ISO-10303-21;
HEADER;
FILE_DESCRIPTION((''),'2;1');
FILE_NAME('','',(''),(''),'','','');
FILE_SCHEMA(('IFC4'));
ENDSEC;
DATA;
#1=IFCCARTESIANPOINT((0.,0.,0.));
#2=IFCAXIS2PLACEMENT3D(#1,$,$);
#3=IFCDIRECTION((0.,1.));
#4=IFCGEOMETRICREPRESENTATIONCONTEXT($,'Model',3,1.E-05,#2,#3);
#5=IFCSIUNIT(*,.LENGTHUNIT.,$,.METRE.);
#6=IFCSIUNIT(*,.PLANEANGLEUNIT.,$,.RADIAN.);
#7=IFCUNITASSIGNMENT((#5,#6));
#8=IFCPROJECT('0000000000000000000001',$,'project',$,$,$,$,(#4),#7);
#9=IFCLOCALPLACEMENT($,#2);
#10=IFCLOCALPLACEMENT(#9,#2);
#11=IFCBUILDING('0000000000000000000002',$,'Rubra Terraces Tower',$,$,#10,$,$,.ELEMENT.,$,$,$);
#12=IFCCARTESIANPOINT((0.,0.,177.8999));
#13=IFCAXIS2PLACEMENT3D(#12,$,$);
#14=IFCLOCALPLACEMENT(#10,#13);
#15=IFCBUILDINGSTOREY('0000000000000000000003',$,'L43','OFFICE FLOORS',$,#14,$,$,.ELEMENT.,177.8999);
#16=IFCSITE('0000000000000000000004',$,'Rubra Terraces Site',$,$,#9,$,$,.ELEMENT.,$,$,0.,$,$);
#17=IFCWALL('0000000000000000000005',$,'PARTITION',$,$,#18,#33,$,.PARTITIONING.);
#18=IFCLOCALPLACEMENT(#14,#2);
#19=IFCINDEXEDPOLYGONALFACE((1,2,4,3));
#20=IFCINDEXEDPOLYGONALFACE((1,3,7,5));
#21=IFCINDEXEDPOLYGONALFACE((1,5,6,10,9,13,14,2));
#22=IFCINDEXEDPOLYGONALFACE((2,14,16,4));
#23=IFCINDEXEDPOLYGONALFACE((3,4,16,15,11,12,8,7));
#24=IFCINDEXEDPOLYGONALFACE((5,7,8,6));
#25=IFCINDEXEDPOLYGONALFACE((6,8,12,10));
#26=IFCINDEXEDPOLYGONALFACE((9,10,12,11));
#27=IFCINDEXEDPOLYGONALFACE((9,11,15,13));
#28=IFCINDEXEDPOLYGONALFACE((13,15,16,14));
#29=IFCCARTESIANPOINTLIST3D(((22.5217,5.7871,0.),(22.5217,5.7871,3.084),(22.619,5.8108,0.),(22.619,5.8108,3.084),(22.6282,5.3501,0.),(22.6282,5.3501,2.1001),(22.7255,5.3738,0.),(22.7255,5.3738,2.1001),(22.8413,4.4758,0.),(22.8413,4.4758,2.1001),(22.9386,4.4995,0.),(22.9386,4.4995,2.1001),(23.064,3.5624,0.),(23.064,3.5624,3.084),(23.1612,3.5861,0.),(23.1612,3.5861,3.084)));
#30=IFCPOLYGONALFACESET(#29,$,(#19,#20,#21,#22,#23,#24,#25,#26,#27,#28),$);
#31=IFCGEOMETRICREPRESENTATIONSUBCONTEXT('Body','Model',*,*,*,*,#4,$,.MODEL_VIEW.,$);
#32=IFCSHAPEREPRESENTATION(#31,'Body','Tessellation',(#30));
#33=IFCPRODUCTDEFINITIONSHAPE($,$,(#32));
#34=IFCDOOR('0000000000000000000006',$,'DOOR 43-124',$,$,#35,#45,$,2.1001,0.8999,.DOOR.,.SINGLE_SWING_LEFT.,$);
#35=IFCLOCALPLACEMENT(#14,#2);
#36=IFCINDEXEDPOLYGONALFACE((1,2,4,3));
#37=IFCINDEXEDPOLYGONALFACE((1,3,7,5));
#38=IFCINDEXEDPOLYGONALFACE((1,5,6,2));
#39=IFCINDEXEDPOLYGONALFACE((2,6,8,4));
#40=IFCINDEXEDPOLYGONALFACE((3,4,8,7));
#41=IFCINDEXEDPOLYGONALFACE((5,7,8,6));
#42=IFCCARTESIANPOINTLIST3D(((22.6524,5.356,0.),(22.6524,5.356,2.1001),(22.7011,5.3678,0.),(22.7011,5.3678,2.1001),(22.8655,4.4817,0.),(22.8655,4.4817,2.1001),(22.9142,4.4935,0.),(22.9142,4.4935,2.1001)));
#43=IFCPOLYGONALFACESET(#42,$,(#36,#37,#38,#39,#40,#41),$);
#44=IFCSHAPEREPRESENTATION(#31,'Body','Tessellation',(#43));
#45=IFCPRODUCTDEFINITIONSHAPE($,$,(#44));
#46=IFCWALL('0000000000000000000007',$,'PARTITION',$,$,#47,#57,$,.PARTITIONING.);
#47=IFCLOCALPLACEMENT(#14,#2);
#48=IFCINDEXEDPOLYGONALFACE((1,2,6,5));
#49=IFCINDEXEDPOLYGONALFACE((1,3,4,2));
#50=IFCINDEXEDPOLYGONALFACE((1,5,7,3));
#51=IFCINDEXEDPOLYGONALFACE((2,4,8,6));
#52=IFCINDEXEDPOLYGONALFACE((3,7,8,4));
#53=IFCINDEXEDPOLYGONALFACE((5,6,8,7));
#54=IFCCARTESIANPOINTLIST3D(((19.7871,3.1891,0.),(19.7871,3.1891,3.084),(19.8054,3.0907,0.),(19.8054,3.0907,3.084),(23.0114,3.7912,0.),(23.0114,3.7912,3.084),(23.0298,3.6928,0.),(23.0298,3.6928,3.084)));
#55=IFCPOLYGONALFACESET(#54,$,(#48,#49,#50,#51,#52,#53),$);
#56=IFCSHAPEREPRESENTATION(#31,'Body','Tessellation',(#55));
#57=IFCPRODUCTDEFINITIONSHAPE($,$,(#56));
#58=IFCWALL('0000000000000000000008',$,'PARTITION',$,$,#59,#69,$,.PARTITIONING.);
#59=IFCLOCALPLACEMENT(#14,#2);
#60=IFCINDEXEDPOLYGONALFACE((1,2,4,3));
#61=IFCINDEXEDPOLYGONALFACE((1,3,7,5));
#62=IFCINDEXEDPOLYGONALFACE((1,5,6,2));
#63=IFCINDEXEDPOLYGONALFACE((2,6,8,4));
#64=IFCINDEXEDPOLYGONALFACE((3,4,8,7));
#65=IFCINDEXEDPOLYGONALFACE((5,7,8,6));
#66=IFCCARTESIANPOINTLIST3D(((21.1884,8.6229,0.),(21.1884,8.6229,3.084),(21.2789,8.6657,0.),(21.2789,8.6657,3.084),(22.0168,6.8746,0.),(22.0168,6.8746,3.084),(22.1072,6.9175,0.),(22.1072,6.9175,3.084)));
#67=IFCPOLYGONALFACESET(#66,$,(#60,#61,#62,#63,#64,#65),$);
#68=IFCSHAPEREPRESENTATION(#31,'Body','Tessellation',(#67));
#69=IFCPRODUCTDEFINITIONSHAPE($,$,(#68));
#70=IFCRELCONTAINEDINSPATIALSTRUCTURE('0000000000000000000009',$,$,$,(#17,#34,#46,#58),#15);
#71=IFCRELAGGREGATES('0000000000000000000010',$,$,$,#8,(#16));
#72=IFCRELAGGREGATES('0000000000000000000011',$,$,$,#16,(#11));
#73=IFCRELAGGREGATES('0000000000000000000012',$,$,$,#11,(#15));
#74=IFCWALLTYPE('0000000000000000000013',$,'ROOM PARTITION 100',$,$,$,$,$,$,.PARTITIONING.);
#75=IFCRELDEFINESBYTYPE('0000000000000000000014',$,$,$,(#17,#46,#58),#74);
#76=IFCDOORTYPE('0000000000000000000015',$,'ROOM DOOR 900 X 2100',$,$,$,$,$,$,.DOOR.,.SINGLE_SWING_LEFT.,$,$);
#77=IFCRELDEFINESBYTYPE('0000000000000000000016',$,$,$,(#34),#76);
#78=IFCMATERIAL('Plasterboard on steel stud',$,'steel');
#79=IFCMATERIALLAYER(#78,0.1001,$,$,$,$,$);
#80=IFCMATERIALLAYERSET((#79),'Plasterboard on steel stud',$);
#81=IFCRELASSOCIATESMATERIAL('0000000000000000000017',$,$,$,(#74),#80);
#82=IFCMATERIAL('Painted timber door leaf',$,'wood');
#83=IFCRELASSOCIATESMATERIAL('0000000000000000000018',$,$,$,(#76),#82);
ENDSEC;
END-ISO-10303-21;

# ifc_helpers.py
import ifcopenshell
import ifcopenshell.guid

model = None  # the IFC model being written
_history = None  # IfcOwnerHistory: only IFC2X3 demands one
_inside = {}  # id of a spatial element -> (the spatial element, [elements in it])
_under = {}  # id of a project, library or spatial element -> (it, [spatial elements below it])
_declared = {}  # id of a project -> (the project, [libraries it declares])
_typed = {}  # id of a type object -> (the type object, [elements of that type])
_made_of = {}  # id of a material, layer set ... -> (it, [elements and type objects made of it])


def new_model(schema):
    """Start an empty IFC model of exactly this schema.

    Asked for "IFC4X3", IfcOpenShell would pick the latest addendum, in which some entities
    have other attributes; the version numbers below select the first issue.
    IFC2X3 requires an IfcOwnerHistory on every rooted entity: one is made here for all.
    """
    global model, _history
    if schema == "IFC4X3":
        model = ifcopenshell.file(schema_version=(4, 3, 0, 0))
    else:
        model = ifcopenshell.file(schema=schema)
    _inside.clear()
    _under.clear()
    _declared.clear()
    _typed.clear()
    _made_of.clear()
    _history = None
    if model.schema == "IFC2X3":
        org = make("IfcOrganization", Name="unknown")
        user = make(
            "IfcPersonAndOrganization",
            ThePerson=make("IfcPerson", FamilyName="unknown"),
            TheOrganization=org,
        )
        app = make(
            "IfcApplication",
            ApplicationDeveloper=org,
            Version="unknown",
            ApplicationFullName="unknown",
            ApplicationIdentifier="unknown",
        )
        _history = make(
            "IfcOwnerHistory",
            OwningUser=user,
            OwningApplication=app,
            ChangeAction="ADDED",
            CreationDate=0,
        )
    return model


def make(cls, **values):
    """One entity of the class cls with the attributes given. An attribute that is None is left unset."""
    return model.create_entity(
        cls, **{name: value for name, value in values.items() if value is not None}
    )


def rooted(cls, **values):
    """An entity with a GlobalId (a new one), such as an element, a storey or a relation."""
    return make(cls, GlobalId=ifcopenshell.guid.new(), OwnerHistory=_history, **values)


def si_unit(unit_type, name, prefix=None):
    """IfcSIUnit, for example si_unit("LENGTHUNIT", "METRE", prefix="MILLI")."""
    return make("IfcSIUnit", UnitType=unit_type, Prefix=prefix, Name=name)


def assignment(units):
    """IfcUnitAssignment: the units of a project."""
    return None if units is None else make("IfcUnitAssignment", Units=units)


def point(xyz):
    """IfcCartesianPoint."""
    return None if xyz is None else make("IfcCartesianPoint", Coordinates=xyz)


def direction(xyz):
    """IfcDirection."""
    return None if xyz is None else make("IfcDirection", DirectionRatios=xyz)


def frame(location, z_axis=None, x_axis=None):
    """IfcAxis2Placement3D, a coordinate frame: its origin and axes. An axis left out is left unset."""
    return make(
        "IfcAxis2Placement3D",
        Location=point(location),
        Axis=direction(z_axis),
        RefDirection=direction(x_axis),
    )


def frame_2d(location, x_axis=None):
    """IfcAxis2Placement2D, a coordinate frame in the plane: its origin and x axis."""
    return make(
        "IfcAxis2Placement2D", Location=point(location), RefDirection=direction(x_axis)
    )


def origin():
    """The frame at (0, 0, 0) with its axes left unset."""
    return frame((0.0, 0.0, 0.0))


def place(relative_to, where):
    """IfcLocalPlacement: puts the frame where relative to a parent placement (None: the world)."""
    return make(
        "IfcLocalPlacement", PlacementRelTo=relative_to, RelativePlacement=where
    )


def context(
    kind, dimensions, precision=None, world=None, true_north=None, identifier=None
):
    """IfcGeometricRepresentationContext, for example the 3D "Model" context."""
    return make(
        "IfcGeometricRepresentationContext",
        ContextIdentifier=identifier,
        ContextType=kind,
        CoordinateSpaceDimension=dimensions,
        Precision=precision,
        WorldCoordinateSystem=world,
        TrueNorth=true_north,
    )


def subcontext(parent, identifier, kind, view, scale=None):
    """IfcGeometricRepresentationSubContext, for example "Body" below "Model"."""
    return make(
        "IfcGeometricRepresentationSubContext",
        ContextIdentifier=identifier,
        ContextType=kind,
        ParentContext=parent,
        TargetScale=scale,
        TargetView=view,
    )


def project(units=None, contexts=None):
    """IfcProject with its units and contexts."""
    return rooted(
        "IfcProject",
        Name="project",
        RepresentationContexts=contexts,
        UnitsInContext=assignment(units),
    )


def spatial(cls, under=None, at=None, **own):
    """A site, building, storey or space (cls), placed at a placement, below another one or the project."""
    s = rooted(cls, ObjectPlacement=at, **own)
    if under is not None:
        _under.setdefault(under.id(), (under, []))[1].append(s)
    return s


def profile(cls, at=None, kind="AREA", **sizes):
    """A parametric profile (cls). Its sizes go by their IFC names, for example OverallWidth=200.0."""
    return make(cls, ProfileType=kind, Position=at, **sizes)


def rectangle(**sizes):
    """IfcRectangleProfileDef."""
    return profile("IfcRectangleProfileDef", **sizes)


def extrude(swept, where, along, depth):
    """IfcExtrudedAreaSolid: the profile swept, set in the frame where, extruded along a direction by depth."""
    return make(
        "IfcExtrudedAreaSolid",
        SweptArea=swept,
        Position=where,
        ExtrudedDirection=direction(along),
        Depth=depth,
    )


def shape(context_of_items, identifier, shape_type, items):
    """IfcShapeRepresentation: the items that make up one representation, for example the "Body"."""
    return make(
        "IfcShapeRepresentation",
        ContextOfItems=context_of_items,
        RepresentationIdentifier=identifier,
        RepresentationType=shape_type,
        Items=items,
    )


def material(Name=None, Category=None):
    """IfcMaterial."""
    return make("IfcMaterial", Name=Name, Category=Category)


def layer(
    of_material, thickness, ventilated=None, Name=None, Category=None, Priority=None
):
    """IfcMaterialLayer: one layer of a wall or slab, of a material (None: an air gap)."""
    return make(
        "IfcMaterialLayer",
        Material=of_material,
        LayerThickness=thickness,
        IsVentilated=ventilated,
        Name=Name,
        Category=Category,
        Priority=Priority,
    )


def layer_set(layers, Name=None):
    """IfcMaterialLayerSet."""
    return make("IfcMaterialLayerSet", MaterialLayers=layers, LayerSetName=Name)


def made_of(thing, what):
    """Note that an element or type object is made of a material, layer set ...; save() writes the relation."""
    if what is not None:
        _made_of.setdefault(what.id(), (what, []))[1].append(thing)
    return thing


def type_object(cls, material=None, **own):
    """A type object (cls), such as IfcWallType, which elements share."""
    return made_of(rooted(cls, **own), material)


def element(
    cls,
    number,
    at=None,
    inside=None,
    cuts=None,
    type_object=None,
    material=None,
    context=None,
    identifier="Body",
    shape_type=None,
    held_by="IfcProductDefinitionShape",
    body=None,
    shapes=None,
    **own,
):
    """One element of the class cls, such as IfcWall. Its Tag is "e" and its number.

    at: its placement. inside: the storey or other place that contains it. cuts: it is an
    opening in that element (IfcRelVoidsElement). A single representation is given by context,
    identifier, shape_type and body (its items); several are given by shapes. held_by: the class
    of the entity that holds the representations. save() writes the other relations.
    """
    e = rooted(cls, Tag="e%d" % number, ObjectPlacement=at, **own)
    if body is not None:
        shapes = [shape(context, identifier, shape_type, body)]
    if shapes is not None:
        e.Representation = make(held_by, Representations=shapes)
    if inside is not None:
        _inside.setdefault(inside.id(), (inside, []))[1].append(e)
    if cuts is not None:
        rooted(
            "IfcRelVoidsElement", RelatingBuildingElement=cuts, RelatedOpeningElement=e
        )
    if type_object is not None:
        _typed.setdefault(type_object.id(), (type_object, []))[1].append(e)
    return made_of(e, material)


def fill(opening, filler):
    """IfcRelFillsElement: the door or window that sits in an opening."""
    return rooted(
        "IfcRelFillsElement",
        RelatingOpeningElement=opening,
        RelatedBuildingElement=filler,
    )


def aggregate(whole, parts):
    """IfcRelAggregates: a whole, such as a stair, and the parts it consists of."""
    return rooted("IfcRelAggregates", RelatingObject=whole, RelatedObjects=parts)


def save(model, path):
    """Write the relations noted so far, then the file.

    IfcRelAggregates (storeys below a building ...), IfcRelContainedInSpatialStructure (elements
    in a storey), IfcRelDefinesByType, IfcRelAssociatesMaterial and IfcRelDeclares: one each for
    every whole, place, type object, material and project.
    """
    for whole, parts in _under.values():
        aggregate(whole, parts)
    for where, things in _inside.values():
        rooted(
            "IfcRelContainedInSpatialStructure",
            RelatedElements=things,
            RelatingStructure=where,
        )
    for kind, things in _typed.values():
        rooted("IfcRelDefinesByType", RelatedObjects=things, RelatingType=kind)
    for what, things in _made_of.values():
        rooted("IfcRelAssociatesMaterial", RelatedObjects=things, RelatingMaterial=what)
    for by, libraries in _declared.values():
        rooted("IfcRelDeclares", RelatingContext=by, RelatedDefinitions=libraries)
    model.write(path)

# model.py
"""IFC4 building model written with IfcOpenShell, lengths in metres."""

from ifc_helpers import new_model, si_unit, direction, frame, frame_2d, origin, place, context, subcontext, project, spatial, rectangle, extrude, material, layer, layer_set, type_object, element, fill, save


model = new_model("IFC4")

# Units and contexts
model_context = context("Model", 3, precision=1e-05, world=origin(), true_north=direction((0.0, 1.0)))
body_context = subcontext(model_context, "Body", "Model", "MODEL_VIEW")
ifc_project = project(units=[si_unit("LENGTHUNIT", "METRE"), si_unit("PLANEANGLEUNIT", "RADIAN")], contexts=[model_context])

# Site, building, storey
site_placement = place(None, origin())
site = spatial("IfcSite", under=ifc_project, at=site_placement, Name="Rubra Terraces Site", CompositionType="ELEMENT", RefElevation=0.0)
building_placement = place(site_placement, origin())
building = spatial("IfcBuilding", under=site, at=building_placement, Name="Rubra Terraces Tower", CompositionType="ELEMENT")
storey_placement = place(building_placement, frame((0.0, 0.0, 177.8999)))
storey = spatial("IfcBuildingStorey", under=building, at=storey_placement, Name="L43", Description="OFFICE FLOORS", CompositionType="ELEMENT", Elevation=177.8999)

# Shared definitions
ifc_material_1 = material(Name="Painted timber door leaf", Category="wood")

# Shared definitions
ifc_material_2 = material(Name="Plasterboard on steel stud", Category="steel")
ifc_layer_1 = layer(ifc_material_2, 0.1001)
ifc_layer_set_1 = layer_set([ifc_layer_1], Name="Plasterboard on steel stud")
wall_type_1 = type_object("IfcWallType", Name="ROOM PARTITION 100", PredefinedType="PARTITIONING", material=ifc_layer_set_1)

# Wall, opening, door
wall_1_placement = place(storey_placement, frame((22.5703, 5.7991, 0.0), z_axis=(0.0, 0.0, 1.0), x_axis=(0.236811, -0.971556, 0.0)))
wall_1 = element("IfcWall", 1, at=wall_1_placement, inside=storey, type_object=wall_type_1, Name="PARTITION", PredefinedType="PARTITIONING", context=body_context, shape_type="SweptSolid", body=[
    extrude(rectangle(XDim=2.2898, YDim=0.1001, at=frame_2d((1.145, 0.0))), origin(), (0.0, 0.0, 1.0), 3.084),
])
opening_1_placement = place(wall_1_placement, frame((0.45, 0.0, 0.0)))
opening_1 = element("IfcOpeningElement", 2, at=opening_1_placement, cuts=wall_1, PredefinedType="OPENING", context=body_context, shape_type="SweptSolid", body=[
    extrude(rectangle(XDim=0.8999, YDim=2.1001, at=frame_2d((0.45, 1.05))), frame((0.0, 0.0601, 0.0), z_axis=(0.0, -1.0, 0.0), x_axis=(1.0, 0.0, 0.0)), (0.0, 0.0, 1.0), 0.1201),
])
door_type_1 = type_object("IfcDoorType", Name="ROOM DOOR 900 X 2100", OperationType="SINGLE_SWING_LEFT", PredefinedType="DOOR", material=ifc_material_1)
door_1_placement = place(opening_1_placement, origin())
door_1 = element("IfcDoor", 3, at=door_1_placement, inside=storey, type_object=door_type_1, Name="DOOR 43-124", OperationType="SINGLE_SWING_LEFT", OverallHeight=2.1001, OverallWidth=0.8999, PredefinedType="DOOR", context=body_context, shape_type="SweptSolid", body=[
    extrude(rectangle(XDim=0.8999, YDim=2.1001, at=frame_2d((0.45, 1.05))), frame((0.0, 0.0249, 0.0), z_axis=(0.0, -1.0, 0.0), x_axis=(1.0, 0.0, 0.0)), (0.0, 0.0, 1.0), 0.05),
])
fill(opening_1, door_1)

# Walls
wall_2_placement = place(storey_placement, frame((19.7961, 3.1399, 0.0), z_axis=(0.0, 0.0, 1.0), x_axis=(0.983011, 0.183547, 0.0)))
element("IfcWall", 4, at=wall_2_placement, inside=storey, type_object=wall_type_1, Name="PARTITION", PredefinedType="PARTITIONING", context=body_context, shape_type="SweptSolid", body=[
    extrude(rectangle(XDim=3.28, YDim=0.1001, at=frame_2d((1.6401, 0.0))), origin(), (0.0, 0.0, 1.0), 3.084),
])
wall_3_placement = place(storey_placement, frame((21.2336, 8.6443, 0.0), z_axis=(0.0, 0.0, 1.0), x_axis=(0.428184, -0.903692, 0.0)))
element("IfcWall", 5, at=wall_3_placement, inside=storey, type_object=wall_type_1, Name="PARTITION", PredefinedType="PARTITIONING", context=body_context, shape_type="SweptSolid", body=[
    extrude(rectangle(XDim=1.9346, YDim=0.1001, at=frame_2d((0.9673, 0.0))), origin(), (0.0, 0.0, 1.0), 3.084),
])

save(model, "model.ifc")
